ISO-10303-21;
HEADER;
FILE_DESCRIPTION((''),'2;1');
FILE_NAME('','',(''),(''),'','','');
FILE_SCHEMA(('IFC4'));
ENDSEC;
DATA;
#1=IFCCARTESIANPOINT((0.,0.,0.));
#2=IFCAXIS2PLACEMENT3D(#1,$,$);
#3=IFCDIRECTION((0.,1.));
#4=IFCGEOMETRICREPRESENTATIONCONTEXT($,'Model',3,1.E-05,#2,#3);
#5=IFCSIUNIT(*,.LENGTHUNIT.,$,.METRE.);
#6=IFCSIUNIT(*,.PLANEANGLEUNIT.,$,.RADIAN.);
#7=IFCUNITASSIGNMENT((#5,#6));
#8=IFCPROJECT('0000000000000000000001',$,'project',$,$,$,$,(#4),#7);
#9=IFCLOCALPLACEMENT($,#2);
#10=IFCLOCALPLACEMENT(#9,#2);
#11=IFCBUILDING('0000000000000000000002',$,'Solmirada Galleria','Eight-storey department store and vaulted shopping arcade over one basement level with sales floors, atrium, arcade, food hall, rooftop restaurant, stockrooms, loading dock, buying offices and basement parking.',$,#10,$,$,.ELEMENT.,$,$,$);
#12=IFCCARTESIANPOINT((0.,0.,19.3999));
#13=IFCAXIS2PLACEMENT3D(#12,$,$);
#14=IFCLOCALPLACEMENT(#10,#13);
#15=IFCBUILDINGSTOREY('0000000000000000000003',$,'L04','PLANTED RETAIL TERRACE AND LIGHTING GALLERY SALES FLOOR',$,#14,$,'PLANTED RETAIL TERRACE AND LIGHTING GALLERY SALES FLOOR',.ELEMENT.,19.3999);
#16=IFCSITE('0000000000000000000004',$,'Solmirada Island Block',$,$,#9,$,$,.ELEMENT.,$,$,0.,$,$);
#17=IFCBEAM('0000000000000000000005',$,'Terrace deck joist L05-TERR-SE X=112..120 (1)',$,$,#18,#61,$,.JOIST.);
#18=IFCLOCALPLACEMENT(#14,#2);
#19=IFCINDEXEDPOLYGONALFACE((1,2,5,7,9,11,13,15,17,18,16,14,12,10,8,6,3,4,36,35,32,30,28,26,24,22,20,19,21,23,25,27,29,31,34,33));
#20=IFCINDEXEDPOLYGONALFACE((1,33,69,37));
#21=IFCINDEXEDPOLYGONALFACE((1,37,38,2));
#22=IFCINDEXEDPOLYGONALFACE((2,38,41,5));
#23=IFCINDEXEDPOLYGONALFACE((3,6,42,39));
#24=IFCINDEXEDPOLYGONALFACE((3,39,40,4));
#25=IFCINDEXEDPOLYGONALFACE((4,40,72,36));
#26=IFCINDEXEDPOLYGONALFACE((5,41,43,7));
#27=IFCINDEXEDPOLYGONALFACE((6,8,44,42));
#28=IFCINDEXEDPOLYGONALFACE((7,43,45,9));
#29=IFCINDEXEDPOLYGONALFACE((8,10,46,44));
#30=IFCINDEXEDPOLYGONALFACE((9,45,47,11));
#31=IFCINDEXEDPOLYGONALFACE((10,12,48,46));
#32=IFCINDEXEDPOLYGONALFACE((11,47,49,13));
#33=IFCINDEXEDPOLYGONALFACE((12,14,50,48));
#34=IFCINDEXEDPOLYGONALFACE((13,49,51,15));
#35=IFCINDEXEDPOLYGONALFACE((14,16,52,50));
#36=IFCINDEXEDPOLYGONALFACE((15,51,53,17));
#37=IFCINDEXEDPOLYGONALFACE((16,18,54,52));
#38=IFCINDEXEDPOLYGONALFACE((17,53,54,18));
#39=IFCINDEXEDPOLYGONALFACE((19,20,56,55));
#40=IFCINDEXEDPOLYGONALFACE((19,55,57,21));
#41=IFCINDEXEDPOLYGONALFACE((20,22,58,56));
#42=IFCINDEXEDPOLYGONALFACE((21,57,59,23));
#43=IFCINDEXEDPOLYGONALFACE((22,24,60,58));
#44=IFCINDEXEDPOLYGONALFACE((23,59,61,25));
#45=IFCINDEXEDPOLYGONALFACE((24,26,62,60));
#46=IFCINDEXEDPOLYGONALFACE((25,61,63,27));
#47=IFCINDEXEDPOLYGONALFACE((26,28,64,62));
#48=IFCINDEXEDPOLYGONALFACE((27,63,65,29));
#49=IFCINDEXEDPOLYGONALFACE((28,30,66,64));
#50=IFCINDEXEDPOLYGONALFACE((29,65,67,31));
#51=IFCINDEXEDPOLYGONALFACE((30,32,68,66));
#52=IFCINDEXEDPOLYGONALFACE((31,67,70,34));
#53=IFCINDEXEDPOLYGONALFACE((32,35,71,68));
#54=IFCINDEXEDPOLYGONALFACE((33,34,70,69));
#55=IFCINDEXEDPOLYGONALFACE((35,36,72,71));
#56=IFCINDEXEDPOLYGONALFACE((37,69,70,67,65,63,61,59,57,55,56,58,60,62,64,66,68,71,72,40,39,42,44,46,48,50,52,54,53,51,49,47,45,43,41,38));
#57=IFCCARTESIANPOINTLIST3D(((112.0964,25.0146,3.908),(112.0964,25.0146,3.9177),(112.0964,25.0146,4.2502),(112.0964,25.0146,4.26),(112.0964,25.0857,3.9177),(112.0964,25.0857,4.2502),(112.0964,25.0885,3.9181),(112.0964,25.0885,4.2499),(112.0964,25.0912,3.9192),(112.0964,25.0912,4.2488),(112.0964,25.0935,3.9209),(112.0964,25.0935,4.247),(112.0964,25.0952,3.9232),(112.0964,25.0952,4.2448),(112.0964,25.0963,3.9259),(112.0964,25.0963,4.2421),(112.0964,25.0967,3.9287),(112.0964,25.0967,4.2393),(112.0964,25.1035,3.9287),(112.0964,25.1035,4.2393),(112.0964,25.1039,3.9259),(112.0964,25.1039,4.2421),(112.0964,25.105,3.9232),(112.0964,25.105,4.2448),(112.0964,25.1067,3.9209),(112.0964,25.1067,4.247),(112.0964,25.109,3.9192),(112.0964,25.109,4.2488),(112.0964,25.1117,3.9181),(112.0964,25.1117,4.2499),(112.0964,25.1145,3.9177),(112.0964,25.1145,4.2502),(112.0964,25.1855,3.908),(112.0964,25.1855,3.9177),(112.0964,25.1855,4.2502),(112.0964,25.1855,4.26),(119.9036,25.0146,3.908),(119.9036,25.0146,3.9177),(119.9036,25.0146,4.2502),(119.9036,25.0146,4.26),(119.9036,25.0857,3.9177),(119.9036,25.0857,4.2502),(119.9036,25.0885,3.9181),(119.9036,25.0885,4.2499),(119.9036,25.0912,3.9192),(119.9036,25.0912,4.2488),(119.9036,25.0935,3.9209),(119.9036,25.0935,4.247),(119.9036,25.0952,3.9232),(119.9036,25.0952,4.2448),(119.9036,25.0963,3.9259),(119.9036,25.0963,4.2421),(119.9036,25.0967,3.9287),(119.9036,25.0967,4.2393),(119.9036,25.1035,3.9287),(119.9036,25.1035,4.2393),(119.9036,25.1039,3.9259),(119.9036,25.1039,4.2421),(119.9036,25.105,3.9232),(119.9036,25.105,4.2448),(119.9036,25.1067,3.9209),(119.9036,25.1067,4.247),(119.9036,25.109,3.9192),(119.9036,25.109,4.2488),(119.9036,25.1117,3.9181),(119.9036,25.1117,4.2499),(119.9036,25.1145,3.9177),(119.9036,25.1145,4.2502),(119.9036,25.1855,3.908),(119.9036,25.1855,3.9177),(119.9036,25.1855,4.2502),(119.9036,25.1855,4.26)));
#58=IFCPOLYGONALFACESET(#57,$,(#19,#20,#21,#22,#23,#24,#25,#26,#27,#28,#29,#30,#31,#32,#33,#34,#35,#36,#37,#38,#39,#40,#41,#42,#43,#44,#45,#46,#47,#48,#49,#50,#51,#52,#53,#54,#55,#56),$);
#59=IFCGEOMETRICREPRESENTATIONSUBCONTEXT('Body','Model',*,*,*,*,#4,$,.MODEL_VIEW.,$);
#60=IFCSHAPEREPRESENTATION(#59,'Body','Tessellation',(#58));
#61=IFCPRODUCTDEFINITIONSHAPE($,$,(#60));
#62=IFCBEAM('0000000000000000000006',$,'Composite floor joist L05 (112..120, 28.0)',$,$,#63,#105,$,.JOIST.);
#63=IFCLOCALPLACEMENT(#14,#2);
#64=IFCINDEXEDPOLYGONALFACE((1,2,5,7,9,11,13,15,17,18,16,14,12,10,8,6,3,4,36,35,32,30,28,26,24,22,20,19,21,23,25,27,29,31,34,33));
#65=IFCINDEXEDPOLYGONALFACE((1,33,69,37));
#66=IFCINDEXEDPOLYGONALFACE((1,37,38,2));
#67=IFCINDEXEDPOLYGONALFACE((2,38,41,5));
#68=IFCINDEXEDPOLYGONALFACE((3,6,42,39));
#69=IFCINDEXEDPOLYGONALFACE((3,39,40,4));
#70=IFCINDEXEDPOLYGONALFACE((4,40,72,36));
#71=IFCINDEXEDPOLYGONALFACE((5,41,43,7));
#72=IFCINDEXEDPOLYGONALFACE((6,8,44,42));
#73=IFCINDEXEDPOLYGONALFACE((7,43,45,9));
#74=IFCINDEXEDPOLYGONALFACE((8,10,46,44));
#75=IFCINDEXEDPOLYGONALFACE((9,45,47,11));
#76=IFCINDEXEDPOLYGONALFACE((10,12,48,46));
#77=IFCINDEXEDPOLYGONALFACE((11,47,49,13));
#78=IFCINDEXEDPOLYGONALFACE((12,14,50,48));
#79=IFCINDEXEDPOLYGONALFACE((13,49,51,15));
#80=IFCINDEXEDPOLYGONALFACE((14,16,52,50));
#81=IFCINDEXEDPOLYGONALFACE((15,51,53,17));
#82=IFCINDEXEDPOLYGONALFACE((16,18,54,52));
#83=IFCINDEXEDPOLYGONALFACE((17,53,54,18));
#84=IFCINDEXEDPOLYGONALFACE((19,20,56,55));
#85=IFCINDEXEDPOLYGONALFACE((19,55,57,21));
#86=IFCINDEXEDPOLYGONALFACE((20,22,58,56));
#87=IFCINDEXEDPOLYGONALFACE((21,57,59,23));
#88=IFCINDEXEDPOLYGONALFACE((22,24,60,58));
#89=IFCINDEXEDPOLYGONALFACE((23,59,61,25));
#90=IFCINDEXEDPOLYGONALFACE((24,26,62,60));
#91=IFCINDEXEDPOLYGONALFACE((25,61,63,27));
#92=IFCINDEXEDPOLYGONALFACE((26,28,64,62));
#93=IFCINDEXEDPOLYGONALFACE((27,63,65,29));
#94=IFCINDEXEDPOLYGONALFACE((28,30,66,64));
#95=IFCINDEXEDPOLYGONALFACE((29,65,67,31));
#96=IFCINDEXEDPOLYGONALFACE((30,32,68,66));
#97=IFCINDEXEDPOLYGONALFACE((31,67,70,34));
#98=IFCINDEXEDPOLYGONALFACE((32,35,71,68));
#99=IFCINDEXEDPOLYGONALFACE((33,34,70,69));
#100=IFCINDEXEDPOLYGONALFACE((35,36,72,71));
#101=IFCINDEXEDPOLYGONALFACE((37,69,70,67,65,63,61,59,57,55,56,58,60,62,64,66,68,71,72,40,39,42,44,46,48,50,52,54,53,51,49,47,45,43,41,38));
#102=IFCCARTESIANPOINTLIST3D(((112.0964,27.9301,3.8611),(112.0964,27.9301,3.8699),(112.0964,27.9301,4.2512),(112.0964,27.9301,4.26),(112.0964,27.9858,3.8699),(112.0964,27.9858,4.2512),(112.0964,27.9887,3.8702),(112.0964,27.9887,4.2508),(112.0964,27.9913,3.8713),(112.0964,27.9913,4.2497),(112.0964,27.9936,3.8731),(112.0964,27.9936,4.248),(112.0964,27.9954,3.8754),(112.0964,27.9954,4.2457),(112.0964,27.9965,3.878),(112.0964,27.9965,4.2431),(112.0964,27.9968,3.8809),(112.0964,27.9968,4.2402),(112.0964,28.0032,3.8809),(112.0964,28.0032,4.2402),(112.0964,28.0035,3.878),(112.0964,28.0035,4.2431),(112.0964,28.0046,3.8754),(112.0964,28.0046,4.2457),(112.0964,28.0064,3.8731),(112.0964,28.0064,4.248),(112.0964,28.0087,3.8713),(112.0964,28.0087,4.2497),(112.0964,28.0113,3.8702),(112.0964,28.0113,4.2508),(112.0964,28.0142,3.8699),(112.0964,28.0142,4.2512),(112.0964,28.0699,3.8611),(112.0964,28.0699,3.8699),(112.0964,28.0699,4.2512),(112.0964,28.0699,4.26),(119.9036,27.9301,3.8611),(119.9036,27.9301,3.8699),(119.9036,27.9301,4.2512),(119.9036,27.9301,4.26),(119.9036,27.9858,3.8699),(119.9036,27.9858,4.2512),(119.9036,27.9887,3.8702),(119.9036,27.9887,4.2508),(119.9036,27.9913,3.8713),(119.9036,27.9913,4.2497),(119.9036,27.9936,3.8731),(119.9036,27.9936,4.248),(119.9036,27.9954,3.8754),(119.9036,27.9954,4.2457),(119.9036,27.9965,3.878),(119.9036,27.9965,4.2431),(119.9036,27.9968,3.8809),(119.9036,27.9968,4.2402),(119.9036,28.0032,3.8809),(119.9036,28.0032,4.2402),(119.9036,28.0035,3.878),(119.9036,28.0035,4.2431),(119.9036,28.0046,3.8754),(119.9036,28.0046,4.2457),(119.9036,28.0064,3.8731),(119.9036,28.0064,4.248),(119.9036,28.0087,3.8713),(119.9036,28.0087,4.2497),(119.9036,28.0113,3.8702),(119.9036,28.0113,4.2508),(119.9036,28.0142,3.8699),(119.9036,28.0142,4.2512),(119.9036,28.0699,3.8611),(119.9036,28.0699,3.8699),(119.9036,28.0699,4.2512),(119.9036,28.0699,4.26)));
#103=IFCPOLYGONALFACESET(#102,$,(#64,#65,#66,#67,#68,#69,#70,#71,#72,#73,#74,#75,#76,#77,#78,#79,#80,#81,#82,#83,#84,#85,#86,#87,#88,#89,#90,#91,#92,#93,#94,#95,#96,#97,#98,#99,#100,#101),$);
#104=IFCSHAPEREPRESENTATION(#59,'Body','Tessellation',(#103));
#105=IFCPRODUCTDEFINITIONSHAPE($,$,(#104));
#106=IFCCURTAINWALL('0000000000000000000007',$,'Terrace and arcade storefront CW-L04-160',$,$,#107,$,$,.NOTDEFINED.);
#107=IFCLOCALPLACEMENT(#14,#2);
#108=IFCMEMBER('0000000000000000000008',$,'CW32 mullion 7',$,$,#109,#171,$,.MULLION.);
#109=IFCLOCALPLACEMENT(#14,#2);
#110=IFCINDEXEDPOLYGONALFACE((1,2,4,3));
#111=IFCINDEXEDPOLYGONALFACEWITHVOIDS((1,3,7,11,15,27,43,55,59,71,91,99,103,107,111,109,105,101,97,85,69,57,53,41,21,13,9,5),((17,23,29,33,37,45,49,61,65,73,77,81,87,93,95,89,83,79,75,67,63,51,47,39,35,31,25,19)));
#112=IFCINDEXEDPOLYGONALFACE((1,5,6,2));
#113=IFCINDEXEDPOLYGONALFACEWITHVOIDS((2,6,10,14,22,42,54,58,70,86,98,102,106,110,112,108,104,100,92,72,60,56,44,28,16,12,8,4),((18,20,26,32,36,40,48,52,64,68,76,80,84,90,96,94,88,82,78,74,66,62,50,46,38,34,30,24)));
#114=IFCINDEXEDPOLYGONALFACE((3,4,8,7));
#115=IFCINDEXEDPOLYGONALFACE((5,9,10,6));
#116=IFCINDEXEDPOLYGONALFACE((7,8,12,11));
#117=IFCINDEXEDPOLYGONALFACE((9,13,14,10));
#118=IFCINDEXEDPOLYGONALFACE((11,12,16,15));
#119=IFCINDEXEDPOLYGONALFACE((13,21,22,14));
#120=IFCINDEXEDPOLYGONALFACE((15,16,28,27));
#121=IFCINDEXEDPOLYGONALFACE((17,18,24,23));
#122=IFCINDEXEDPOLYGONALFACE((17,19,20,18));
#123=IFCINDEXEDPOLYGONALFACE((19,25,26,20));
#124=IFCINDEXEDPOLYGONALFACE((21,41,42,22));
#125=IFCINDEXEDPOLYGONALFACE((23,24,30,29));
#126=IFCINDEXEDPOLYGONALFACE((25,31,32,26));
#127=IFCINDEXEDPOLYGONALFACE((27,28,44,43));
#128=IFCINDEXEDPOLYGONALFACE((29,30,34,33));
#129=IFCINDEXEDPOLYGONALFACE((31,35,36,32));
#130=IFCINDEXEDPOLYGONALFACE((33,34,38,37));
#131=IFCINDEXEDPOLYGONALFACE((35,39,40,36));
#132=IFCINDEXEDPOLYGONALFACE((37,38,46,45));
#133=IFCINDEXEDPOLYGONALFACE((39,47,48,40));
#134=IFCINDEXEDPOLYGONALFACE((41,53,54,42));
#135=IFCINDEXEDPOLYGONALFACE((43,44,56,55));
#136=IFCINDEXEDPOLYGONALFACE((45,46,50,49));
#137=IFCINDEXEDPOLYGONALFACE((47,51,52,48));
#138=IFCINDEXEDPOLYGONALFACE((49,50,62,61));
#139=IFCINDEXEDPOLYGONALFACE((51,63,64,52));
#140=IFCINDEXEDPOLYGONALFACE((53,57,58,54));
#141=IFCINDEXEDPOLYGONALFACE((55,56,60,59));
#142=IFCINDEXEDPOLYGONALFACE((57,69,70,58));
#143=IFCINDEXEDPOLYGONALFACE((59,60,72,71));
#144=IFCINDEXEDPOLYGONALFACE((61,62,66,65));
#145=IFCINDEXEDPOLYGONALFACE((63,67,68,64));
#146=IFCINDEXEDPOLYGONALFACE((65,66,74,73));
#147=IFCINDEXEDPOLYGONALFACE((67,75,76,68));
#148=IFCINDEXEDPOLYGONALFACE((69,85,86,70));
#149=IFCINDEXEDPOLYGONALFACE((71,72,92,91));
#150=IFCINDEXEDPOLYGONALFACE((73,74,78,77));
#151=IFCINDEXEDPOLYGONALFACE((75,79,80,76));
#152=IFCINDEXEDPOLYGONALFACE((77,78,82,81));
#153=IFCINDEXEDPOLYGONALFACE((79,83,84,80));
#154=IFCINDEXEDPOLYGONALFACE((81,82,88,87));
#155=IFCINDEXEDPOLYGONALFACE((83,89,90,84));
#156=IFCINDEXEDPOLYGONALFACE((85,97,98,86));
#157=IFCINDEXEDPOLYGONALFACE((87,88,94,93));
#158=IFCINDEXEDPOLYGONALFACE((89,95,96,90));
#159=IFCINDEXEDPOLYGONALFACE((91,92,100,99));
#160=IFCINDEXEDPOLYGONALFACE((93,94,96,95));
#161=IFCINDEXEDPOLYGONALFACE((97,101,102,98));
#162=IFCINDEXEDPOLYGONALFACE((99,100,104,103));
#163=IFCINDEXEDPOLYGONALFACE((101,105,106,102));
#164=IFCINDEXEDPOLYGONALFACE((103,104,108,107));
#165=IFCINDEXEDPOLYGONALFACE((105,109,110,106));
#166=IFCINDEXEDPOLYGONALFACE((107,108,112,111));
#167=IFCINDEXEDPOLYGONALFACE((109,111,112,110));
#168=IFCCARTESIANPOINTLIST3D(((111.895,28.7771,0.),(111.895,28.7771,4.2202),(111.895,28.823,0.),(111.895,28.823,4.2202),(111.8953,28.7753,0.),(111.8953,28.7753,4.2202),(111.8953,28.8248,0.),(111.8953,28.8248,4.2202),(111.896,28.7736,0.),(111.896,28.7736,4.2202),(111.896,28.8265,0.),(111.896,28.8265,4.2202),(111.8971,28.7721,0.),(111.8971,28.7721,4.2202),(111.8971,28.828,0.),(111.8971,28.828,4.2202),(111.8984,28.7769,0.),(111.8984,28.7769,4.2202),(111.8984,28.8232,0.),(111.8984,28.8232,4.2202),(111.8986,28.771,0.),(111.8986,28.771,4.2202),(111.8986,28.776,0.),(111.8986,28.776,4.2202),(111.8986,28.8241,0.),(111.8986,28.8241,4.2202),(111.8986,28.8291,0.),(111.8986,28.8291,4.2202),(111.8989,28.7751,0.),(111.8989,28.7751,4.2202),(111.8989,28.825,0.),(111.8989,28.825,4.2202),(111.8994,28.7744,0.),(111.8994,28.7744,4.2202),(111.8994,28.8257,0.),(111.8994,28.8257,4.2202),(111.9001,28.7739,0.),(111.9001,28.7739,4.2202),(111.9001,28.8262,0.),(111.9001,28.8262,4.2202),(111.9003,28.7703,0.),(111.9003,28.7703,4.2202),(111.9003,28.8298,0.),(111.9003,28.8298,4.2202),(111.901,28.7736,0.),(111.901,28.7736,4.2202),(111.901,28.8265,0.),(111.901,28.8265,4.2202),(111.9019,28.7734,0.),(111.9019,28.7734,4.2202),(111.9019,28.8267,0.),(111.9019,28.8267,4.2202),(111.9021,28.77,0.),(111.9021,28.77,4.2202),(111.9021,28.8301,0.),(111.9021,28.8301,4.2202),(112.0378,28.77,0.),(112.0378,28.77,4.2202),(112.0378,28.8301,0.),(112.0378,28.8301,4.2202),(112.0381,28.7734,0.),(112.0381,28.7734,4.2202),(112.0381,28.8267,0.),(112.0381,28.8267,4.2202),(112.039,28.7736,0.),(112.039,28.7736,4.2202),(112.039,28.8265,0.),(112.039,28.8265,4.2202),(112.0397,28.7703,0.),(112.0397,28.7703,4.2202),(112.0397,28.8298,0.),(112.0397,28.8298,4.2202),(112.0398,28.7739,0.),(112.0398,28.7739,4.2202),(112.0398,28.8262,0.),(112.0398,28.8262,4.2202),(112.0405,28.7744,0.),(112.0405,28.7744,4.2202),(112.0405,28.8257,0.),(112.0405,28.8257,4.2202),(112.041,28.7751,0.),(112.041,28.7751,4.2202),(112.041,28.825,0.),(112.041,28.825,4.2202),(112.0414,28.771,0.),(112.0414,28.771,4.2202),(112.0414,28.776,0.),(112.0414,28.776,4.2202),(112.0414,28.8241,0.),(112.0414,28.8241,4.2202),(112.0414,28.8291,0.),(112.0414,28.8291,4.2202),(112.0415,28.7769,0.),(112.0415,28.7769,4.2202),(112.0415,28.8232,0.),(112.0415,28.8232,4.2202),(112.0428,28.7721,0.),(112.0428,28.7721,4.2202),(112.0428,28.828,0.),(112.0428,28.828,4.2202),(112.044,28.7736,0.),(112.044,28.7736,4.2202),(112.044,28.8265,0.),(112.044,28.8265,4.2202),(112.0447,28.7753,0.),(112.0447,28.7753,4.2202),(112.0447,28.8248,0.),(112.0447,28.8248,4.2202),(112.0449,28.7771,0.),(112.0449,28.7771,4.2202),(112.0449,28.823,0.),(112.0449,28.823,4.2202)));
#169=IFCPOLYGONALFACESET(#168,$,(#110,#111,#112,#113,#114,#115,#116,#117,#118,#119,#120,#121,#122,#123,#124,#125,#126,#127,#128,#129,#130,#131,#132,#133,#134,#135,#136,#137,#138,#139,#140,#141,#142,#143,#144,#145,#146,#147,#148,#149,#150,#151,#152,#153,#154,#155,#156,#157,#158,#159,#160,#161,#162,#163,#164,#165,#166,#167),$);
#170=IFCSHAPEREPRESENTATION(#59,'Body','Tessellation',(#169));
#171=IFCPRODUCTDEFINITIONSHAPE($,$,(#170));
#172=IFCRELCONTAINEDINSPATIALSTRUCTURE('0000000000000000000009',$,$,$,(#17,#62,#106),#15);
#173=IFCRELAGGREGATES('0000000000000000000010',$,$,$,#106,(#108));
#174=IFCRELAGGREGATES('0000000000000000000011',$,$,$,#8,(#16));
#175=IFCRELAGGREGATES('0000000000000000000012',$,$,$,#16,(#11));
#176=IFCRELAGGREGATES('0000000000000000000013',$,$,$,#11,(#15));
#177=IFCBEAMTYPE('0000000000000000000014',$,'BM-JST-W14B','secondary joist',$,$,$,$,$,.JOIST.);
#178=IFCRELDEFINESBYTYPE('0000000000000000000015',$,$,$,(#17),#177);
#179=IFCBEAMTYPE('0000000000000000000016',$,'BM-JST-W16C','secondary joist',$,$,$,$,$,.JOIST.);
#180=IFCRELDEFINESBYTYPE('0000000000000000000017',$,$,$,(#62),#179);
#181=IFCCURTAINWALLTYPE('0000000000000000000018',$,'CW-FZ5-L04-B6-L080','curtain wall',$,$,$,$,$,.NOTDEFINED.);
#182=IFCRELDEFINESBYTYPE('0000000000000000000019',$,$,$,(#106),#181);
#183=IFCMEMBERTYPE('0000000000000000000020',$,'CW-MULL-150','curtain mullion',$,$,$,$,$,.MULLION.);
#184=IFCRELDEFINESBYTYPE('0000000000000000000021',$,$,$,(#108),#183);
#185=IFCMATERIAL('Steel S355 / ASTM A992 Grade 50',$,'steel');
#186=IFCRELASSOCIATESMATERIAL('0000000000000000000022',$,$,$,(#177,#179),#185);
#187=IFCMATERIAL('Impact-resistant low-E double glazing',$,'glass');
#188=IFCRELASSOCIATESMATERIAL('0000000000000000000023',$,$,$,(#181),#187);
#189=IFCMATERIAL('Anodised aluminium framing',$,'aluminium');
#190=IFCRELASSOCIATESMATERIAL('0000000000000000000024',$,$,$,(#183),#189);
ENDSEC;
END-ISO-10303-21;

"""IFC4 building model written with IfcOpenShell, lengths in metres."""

from ifc_helpers import new_model, si_unit, direction, frame, origin, origin_2d, place, context, subcontext, project, spatial, hollow_rectangle, i_section, extrude, material, material_profile, profile_set, type_object, element, aggregate, save


model = new_model("IFC4")

# Units and contexts
model_context = context("Model", 3, precision=1e-05, world=origin(), true_north=direction((0.0, 1.0)))
body_context = subcontext(model_context, "Body", "Model", "MODEL_VIEW")
ifc_project = project(units=[si_unit("LENGTHUNIT", "METRE"), si_unit("PLANEANGLEUNIT", "RADIAN")], contexts=[model_context])

# Site, building, storey
site_placement = place(None, origin())
site = spatial("IfcSite", under=ifc_project, at=site_placement, Name="Solmirada Island Block", CompositionType="ELEMENT", RefElevation=0.0)
building_placement = place(site_placement, origin())
building = spatial("IfcBuilding", under=site, at=building_placement, Name="Solmirada Galleria", Description="Eight-storey department store and vaulted shopping arcade over one basement level with sales floors, atrium, arcade, food hall, rooftop restaurant, stockrooms, loading dock, buying offices and basement parking.", CompositionType="ELEMENT")
storey_placement = place(building_placement, frame((0.0, 0.0, 19.3999)))
storey = spatial("IfcBuildingStorey", under=building, at=storey_placement, Name="L04", Description="PLANTED RETAIL TERRACE AND LIGHTING GALLERY SALES FLOOR", LongName="PLANTED RETAIL TERRACE AND LIGHTING GALLERY SALES FLOOR", CompositionType="ELEMENT", Elevation=19.3999)

# Beams
ifc_material_1 = material(Name="Steel S355 / ASTM A992 Grade 50", Category="steel")
ifc_material_profile_1 = material_profile(ifc_material_1, i_section(OverallWidth=0.1709, OverallDepth=0.3521, WebThickness=0.0068, FlangeThickness=0.0098, FilletRadius=0.011, at=origin_2d()), Name="W14X30")
ifc_profile_set_1 = profile_set([ifc_material_profile_1], Name="Steel S355 / ASTM A992 Grade 50")
beam_type_1 = type_object("IfcBeamType", Name="BM-JST-W14B", Description="secondary joist", PredefinedType="JOIST", material=ifc_profile_set_1)
beam_1_placement = place(storey_placement, frame((112.0964, 25.1001, 4.084), z_axis=(1.0, 0.0, 0.0), x_axis=(0.0, 1.0, 0.0)))
element("IfcBeam", 1, at=beam_1_placement, inside=storey, type_object=beam_type_1, Name="Terrace deck joist L05-TERR-SE X=112..120 (1)", PredefinedType="JOIST", context=body_context, shape_type="SweptSolid", body=[
    extrude(i_section(OverallWidth=0.1709, OverallDepth=0.3521, WebThickness=0.0068, FlangeThickness=0.0098, FilletRadius=0.011, at=origin_2d()), origin(), (0.0, 0.0, 1.0), 7.8071),
])
ifc_material_profile_2 = material_profile(ifc_material_1, i_section(OverallWidth=0.1399, OverallDepth=0.3989, WebThickness=0.0063, FlangeThickness=0.0088, FilletRadius=0.011, at=origin_2d()), Name="W16X26")
ifc_profile_set_2 = profile_set([ifc_material_profile_2], Name="Steel S355 / ASTM A992 Grade 50")
beam_type_2 = type_object("IfcBeamType", Name="BM-JST-W16C", Description="secondary joist", PredefinedType="JOIST", material=ifc_profile_set_2)
beam_2_placement = place(storey_placement, frame((112.0964, 28.0, 4.0605), z_axis=(1.0, 0.0, 0.0), x_axis=(0.0, 1.0, 0.0)))
element("IfcBeam", 2, at=beam_2_placement, inside=storey, type_object=beam_type_2, Name="Composite floor joist L05 (112..120, 28.0)", PredefinedType="JOIST", context=body_context, shape_type="SweptSolid", body=[
    extrude(i_section(OverallWidth=0.1399, OverallDepth=0.3989, WebThickness=0.0063, FlangeThickness=0.0088, FilletRadius=0.011, at=origin_2d()), origin(), (0.0, 0.0, 1.0), 7.8071),
])

# Curtain wall, member
ifc_material_2 = material(Name="Impact-resistant low-E double glazing", Category="glass")
curtain_wall_type = type_object("IfcCurtainWallType", Name="CW-FZ5-L04-B6-L080", Description="curtain wall", PredefinedType="NOTDEFINED", material=ifc_material_2)
curtain_wall_1_placement = place(storey_placement, origin())
curtain_wall_1 = element("IfcCurtainWall", 3, at=curtain_wall_1_placement, inside=storey, type_object=curtain_wall_type, Name="Terrace and arcade storefront CW-L04-160", PredefinedType="NOTDEFINED")
ifc_material_3 = material(Name="Anodised aluminium framing", Category="aluminium")
ifc_material_profile_3 = material_profile(ifc_material_3, hollow_rectangle(XDim=0.0601, YDim=0.1499, WallThickness=0.0034, InnerFilletRadius=0.0034, OuterFilletRadius=0.0071, at=origin_2d()), Name="ALU-MULL-150X60")
ifc_profile_set_3 = profile_set([ifc_material_profile_3], Name="Anodised aluminium framing")
member_type_1 = type_object("IfcMemberType", Name="CW-MULL-150", Description="curtain mullion", PredefinedType="MULLION", material=ifc_profile_set_3)
member_1_placement = place(storey_placement, frame((111.97, 28.8, 0.0), z_axis=(0.0, 0.0, 1.0), x_axis=(0.0, 1.0, 0.0)))
member_1 = element("IfcMember", 4, at=member_1_placement, type_object=member_type_1, Name="CW32 mullion 7", PredefinedType="MULLION", context=body_context, shape_type="SweptSolid", body=[
    extrude(hollow_rectangle(XDim=0.0601, YDim=0.1499, WallThickness=0.0034, InnerFilletRadius=0.0034, OuterFilletRadius=0.0071, at=origin_2d()), origin(), (0.0, 0.0, 1.0), 4.2202),
])

aggregate(curtain_wall_1, [member_1])

save(model, "model.ifc")
